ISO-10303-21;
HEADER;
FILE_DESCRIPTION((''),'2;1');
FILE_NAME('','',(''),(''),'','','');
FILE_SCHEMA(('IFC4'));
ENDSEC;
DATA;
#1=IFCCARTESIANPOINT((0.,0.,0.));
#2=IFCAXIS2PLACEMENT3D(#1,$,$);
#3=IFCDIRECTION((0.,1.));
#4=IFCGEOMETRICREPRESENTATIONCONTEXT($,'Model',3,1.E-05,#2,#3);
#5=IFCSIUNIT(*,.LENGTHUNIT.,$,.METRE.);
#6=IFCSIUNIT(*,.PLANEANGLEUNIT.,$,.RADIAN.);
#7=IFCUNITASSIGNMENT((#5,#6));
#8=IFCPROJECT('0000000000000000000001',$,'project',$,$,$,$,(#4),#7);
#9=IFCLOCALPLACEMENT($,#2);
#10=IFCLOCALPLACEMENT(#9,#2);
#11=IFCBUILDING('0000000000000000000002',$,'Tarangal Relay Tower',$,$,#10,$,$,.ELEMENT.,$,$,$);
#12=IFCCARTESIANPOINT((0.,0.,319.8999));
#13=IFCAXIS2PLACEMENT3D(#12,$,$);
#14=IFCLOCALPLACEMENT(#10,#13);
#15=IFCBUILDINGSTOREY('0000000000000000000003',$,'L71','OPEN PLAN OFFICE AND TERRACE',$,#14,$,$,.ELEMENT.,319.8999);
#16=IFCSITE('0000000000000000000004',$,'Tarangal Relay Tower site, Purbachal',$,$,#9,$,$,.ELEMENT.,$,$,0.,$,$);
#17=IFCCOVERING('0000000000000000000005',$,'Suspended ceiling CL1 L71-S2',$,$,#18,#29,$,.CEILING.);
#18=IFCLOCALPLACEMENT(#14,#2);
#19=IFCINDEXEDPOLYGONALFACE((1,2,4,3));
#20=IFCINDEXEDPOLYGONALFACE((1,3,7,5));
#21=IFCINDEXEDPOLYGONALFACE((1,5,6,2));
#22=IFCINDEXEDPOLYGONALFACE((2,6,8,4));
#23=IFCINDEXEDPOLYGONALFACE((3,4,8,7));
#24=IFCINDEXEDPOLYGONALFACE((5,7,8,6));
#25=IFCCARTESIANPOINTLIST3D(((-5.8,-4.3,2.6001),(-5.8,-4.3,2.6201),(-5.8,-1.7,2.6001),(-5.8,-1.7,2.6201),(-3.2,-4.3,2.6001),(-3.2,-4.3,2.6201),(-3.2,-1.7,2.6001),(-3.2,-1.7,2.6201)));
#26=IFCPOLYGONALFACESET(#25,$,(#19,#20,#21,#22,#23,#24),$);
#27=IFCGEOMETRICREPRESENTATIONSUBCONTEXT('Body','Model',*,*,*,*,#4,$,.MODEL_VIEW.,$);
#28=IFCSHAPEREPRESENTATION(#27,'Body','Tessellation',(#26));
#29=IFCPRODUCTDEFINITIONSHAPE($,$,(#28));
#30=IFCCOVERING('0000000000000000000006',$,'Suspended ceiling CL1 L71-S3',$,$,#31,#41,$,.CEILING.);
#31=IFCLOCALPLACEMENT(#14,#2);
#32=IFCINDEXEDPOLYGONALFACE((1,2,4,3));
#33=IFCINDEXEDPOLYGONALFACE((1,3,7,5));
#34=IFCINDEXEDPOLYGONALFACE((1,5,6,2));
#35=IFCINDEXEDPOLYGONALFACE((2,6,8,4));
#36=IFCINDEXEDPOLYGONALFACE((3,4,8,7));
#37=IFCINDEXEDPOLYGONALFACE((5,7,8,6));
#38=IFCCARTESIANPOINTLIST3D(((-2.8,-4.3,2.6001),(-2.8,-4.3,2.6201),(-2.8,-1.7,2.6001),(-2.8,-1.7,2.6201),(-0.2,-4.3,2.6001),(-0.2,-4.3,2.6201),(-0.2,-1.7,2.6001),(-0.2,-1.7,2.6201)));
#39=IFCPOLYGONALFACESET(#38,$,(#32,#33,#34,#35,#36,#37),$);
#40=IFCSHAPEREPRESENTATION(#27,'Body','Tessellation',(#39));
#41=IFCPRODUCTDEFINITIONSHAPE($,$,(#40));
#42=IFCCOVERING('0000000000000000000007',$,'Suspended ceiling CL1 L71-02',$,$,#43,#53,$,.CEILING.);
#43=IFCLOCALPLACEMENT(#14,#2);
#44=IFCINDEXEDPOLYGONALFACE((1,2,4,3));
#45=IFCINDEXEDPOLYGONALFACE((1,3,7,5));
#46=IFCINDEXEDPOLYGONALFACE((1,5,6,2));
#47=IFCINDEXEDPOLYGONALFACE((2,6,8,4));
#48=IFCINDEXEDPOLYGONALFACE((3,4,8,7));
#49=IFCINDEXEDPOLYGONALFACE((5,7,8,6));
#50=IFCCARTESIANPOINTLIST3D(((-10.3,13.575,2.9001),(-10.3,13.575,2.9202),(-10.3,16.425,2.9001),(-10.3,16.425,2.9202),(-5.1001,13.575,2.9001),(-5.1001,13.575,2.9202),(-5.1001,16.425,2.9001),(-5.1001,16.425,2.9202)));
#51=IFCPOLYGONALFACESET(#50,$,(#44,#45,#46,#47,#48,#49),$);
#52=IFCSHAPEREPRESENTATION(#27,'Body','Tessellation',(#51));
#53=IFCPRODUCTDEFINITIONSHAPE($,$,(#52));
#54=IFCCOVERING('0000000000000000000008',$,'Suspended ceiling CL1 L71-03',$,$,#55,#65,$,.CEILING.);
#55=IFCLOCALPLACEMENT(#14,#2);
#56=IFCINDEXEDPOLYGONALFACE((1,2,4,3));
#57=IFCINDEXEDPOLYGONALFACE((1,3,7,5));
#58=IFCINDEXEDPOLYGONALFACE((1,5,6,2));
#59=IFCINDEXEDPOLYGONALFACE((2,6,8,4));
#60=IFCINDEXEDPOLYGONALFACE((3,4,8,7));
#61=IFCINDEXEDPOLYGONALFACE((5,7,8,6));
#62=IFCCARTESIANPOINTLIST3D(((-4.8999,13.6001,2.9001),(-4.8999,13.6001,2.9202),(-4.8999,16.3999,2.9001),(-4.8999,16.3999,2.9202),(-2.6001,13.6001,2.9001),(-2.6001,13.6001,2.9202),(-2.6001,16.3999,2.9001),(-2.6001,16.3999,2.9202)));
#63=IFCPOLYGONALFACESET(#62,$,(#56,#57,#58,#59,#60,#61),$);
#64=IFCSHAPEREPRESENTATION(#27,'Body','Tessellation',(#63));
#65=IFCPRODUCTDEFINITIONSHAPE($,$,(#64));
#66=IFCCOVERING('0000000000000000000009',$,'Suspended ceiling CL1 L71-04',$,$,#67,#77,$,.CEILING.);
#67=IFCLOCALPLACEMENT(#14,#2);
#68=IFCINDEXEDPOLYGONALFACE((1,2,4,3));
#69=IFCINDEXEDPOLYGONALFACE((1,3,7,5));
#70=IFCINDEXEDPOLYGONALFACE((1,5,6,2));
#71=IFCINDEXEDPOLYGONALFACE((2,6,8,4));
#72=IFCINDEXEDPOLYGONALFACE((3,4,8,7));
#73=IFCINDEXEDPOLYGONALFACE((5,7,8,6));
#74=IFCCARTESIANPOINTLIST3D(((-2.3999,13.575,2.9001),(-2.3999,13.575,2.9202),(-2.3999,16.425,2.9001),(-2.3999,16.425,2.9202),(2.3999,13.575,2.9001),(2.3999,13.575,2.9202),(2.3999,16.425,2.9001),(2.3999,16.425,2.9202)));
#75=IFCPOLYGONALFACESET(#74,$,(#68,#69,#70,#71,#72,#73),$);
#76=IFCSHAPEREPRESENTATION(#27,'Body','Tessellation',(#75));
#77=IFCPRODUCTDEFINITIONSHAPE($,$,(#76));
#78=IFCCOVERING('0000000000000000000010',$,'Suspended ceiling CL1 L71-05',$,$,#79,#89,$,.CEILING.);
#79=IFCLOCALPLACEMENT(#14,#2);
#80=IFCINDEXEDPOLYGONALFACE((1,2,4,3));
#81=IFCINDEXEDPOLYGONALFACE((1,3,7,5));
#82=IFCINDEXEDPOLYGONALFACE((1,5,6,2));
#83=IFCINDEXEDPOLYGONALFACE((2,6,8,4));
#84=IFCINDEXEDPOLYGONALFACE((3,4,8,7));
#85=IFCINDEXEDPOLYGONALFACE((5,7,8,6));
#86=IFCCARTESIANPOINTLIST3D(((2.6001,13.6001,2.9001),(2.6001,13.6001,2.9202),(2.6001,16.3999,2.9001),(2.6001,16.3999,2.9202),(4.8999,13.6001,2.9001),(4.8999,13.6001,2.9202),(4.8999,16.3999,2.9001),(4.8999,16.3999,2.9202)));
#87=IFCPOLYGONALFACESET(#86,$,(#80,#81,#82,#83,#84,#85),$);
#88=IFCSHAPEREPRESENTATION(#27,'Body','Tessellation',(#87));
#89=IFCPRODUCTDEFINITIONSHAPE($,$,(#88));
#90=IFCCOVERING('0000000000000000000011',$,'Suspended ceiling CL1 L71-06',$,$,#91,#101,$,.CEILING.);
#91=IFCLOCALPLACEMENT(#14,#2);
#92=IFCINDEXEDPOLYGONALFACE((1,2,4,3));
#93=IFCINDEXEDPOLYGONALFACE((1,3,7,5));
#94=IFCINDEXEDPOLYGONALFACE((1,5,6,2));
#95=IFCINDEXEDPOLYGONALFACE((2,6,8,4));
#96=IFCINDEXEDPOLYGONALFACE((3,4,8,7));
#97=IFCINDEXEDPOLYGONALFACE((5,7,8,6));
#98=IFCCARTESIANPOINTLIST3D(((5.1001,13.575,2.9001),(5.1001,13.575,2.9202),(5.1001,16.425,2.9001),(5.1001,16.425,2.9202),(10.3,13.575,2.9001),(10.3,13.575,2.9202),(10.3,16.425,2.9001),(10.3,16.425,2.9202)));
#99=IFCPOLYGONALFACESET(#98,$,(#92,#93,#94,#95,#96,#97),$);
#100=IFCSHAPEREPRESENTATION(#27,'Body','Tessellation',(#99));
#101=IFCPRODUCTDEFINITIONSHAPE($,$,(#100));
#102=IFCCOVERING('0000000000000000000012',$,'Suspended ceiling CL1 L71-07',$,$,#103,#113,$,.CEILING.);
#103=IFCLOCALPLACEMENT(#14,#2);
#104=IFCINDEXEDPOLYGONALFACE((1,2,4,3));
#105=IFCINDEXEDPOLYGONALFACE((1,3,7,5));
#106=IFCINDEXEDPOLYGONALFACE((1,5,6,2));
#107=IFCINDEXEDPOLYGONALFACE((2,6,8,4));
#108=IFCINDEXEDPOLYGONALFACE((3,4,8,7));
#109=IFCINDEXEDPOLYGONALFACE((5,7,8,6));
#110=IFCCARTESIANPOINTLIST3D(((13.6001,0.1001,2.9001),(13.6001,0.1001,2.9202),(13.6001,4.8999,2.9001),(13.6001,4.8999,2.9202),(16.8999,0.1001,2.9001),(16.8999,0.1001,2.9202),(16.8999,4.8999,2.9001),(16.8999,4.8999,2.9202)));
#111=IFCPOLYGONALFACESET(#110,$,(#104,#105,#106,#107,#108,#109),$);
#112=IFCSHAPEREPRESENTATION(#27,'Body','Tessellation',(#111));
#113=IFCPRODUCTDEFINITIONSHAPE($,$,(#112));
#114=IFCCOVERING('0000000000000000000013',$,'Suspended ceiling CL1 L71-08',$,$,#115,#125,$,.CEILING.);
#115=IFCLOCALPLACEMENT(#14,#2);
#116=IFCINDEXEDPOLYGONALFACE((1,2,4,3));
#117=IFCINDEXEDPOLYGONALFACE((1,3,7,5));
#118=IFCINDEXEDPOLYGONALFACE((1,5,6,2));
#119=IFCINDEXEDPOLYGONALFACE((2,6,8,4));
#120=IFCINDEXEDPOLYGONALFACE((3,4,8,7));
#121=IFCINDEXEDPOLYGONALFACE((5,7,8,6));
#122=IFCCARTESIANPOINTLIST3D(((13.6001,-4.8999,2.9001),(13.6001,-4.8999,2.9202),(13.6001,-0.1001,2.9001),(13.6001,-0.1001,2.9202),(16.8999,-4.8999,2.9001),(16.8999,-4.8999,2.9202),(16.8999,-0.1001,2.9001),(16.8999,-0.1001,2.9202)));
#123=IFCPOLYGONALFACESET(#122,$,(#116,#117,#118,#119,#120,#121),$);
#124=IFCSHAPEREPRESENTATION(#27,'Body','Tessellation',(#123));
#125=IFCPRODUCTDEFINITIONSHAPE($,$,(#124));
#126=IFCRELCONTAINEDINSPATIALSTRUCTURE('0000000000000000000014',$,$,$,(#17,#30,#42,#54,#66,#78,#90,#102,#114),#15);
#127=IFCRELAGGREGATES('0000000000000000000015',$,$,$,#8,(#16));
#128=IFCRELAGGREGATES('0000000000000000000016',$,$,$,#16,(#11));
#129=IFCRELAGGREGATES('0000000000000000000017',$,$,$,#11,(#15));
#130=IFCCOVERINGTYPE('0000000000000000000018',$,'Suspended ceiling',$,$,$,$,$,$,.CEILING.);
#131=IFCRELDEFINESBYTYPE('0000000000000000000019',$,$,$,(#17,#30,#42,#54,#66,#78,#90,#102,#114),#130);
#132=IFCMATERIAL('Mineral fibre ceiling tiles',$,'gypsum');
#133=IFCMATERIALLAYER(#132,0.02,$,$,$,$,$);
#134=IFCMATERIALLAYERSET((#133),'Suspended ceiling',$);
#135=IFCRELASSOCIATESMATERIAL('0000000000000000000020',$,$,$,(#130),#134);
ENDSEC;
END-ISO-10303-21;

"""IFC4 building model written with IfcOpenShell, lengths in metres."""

from ifc_helpers import new_model, si_unit, direction, frame, origin, place, context, subcontext, project, spatial, polyline, outline, extrude, material, layer, layer_set, type_object, element, save


model = new_model("IFC4")

# Units and contexts
model_context = context("Model", 3, precision=1e-05, world=origin(), true_north=direction((0.0, 1.0)))
body_context = subcontext(model_context, "Body", "Model", "MODEL_VIEW")
ifc_project = project(units=[si_unit("LENGTHUNIT", "METRE"), si_unit("PLANEANGLEUNIT", "RADIAN")], contexts=[model_context])

# Site, building, storey
site_placement = place(None, origin())
site = spatial("IfcSite", under=ifc_project, at=site_placement, Name="Tarangal Relay Tower site, Purbachal", CompositionType="ELEMENT", RefElevation=0.0)
building_placement = place(site_placement, origin())
building = spatial("IfcBuilding", under=site, at=building_placement, Name="Tarangal Relay Tower", CompositionType="ELEMENT")
storey_placement = place(building_placement, frame((0.0, 0.0, 319.8999)))
storey = spatial("IfcBuildingStorey", under=building, at=storey_placement, Name="L71", Description="OPEN PLAN OFFICE AND TERRACE", CompositionType="ELEMENT", Elevation=319.8999)

# Coverings
ifc_material_1 = material(Name="Mineral fibre ceiling tiles", Category="gypsum")
ifc_layer_1 = layer(ifc_material_1, 0.02)
ifc_layer_set_1 = layer_set([ifc_layer_1], Name="Suspended ceiling")
covering_type_1 = type_object("IfcCoveringType", Name="Suspended ceiling", PredefinedType="CEILING", material=ifc_layer_set_1)
covering_1_placement = place(storey_placement, frame((0.0, 0.0, 2.6001)))
element("IfcCovering", 1, at=covering_1_placement, inside=storey, type_object=covering_type_1, Name="Suspended ceiling CL1 L71-S2", PredefinedType="CEILING", context=body_context, shape_type="SweptSolid", body=[
    extrude(outline(polyline([(-5.8, -4.3), (-3.2, -4.3), (-3.2, -1.7), (-5.8, -1.7), (-5.8, -4.3)])), origin(), (0.0, 0.0, 1.0), 0.02),
])
covering_2_placement = place(storey_placement, frame((0.0, 0.0, 2.6001)))
element("IfcCovering", 2, at=covering_2_placement, inside=storey, type_object=covering_type_1, Name="Suspended ceiling CL1 L71-S3", PredefinedType="CEILING", context=body_context, shape_type="SweptSolid", body=[
    extrude(outline(polyline([(-2.8, -4.3), (-0.2, -4.3), (-0.2, -1.7), (-2.8, -1.7), (-2.8, -4.3)])), origin(), (0.0, 0.0, 1.0), 0.02),
])
covering_3_placement = place(storey_placement, frame((0.0, 0.0, 2.9001)))
element("IfcCovering", 3, at=covering_3_placement, inside=storey, type_object=covering_type_1, Name="Suspended ceiling CL1 L71-02", PredefinedType="CEILING", context=body_context, shape_type="SweptSolid", body=[
    extrude(outline(polyline([(-5.1001, 13.575), (-5.1001, 16.425), (-10.3, 16.425), (-10.3, 13.575), (-5.1001, 13.575)])), origin(), (0.0, 0.0, 1.0), 0.02),
])
covering_4_placement = place(storey_placement, frame((0.0, 0.0, 2.9001)))
element("IfcCovering", 4, at=covering_4_placement, inside=storey, type_object=covering_type_1, Name="Suspended ceiling CL1 L71-03", PredefinedType="CEILING", context=body_context, shape_type="SweptSolid", body=[
    extrude(outline(polyline([(-4.8999, 16.3999), (-4.8999, 13.6001), (-2.6001, 13.6001), (-2.6001, 16.3999), (-4.8999, 16.3999)])), origin(), (0.0, 0.0, 1.0), 0.02),
])
covering_5_placement = place(storey_placement, frame((0.0, 0.0, 2.9001)))
element("IfcCovering", 5, at=covering_5_placement, inside=storey, type_object=covering_type_1, Name="Suspended ceiling CL1 L71-04", PredefinedType="CEILING", context=body_context, shape_type="SweptSolid", body=[
    extrude(outline(polyline([(-2.3999, 16.425), (-2.3999, 13.575), (2.3999, 13.575), (2.3999, 16.425), (-2.3999, 16.425)])), origin(), (0.0, 0.0, 1.0), 0.02),
])
covering_6_placement = place(storey_placement, frame((0.0, 0.0, 2.9001)))
element("IfcCovering", 6, at=covering_6_placement, inside=storey, type_object=covering_type_1, Name="Suspended ceiling CL1 L71-05", PredefinedType="CEILING", context=body_context, shape_type="SweptSolid", body=[
    extrude(outline(polyline([(2.6001, 16.3999), (2.6001, 13.6001), (4.8999, 13.6001), (4.8999, 16.3999), (2.6001, 16.3999)])), origin(), (0.0, 0.0, 1.0), 0.02),
])
covering_7_placement = place(storey_placement, frame((0.0, 0.0, 2.9001)))
element("IfcCovering", 7, at=covering_7_placement, inside=storey, type_object=covering_type_1, Name="Suspended ceiling CL1 L71-06", PredefinedType="CEILING", context=body_context, shape_type="SweptSolid", body=[
    extrude(outline(polyline([(10.3, 16.425), (5.1001, 16.425), (5.1001, 13.575), (10.3, 13.575), (10.3, 16.425)])), origin(), (0.0, 0.0, 1.0), 0.02),
])
covering_8_placement = place(storey_placement, frame((0.0, 0.0, 2.9001)))
element("IfcCovering", 8, at=covering_8_placement, inside=storey, type_object=covering_type_1, Name="Suspended ceiling CL1 L71-07", PredefinedType="CEILING", context=body_context, shape_type="SweptSolid", body=[
    extrude(outline(polyline([(16.8999, 0.1001), (16.8999, 4.8999), (13.6001, 4.8999), (13.6001, 0.1001), (16.8999, 0.1001)])), origin(), (0.0, 0.0, 1.0), 0.02),
])
covering_9_placement = place(storey_placement, frame((0.0, 0.0, 2.9001)))
element("IfcCovering", 9, at=covering_9_placement, inside=storey, type_object=covering_type_1, Name="Suspended ceiling CL1 L71-08", PredefinedType="CEILING", context=body_context, shape_type="SweptSolid", body=[
    extrude(outline(polyline([(13.6001, -4.8999), (16.8999, -4.8999), (16.8999, -0.1001), (13.6001, -0.1001), (13.6001, -4.8999)])), origin(), (0.0, 0.0, 1.0), 0.02),
])

save(model, "model.ifc")
